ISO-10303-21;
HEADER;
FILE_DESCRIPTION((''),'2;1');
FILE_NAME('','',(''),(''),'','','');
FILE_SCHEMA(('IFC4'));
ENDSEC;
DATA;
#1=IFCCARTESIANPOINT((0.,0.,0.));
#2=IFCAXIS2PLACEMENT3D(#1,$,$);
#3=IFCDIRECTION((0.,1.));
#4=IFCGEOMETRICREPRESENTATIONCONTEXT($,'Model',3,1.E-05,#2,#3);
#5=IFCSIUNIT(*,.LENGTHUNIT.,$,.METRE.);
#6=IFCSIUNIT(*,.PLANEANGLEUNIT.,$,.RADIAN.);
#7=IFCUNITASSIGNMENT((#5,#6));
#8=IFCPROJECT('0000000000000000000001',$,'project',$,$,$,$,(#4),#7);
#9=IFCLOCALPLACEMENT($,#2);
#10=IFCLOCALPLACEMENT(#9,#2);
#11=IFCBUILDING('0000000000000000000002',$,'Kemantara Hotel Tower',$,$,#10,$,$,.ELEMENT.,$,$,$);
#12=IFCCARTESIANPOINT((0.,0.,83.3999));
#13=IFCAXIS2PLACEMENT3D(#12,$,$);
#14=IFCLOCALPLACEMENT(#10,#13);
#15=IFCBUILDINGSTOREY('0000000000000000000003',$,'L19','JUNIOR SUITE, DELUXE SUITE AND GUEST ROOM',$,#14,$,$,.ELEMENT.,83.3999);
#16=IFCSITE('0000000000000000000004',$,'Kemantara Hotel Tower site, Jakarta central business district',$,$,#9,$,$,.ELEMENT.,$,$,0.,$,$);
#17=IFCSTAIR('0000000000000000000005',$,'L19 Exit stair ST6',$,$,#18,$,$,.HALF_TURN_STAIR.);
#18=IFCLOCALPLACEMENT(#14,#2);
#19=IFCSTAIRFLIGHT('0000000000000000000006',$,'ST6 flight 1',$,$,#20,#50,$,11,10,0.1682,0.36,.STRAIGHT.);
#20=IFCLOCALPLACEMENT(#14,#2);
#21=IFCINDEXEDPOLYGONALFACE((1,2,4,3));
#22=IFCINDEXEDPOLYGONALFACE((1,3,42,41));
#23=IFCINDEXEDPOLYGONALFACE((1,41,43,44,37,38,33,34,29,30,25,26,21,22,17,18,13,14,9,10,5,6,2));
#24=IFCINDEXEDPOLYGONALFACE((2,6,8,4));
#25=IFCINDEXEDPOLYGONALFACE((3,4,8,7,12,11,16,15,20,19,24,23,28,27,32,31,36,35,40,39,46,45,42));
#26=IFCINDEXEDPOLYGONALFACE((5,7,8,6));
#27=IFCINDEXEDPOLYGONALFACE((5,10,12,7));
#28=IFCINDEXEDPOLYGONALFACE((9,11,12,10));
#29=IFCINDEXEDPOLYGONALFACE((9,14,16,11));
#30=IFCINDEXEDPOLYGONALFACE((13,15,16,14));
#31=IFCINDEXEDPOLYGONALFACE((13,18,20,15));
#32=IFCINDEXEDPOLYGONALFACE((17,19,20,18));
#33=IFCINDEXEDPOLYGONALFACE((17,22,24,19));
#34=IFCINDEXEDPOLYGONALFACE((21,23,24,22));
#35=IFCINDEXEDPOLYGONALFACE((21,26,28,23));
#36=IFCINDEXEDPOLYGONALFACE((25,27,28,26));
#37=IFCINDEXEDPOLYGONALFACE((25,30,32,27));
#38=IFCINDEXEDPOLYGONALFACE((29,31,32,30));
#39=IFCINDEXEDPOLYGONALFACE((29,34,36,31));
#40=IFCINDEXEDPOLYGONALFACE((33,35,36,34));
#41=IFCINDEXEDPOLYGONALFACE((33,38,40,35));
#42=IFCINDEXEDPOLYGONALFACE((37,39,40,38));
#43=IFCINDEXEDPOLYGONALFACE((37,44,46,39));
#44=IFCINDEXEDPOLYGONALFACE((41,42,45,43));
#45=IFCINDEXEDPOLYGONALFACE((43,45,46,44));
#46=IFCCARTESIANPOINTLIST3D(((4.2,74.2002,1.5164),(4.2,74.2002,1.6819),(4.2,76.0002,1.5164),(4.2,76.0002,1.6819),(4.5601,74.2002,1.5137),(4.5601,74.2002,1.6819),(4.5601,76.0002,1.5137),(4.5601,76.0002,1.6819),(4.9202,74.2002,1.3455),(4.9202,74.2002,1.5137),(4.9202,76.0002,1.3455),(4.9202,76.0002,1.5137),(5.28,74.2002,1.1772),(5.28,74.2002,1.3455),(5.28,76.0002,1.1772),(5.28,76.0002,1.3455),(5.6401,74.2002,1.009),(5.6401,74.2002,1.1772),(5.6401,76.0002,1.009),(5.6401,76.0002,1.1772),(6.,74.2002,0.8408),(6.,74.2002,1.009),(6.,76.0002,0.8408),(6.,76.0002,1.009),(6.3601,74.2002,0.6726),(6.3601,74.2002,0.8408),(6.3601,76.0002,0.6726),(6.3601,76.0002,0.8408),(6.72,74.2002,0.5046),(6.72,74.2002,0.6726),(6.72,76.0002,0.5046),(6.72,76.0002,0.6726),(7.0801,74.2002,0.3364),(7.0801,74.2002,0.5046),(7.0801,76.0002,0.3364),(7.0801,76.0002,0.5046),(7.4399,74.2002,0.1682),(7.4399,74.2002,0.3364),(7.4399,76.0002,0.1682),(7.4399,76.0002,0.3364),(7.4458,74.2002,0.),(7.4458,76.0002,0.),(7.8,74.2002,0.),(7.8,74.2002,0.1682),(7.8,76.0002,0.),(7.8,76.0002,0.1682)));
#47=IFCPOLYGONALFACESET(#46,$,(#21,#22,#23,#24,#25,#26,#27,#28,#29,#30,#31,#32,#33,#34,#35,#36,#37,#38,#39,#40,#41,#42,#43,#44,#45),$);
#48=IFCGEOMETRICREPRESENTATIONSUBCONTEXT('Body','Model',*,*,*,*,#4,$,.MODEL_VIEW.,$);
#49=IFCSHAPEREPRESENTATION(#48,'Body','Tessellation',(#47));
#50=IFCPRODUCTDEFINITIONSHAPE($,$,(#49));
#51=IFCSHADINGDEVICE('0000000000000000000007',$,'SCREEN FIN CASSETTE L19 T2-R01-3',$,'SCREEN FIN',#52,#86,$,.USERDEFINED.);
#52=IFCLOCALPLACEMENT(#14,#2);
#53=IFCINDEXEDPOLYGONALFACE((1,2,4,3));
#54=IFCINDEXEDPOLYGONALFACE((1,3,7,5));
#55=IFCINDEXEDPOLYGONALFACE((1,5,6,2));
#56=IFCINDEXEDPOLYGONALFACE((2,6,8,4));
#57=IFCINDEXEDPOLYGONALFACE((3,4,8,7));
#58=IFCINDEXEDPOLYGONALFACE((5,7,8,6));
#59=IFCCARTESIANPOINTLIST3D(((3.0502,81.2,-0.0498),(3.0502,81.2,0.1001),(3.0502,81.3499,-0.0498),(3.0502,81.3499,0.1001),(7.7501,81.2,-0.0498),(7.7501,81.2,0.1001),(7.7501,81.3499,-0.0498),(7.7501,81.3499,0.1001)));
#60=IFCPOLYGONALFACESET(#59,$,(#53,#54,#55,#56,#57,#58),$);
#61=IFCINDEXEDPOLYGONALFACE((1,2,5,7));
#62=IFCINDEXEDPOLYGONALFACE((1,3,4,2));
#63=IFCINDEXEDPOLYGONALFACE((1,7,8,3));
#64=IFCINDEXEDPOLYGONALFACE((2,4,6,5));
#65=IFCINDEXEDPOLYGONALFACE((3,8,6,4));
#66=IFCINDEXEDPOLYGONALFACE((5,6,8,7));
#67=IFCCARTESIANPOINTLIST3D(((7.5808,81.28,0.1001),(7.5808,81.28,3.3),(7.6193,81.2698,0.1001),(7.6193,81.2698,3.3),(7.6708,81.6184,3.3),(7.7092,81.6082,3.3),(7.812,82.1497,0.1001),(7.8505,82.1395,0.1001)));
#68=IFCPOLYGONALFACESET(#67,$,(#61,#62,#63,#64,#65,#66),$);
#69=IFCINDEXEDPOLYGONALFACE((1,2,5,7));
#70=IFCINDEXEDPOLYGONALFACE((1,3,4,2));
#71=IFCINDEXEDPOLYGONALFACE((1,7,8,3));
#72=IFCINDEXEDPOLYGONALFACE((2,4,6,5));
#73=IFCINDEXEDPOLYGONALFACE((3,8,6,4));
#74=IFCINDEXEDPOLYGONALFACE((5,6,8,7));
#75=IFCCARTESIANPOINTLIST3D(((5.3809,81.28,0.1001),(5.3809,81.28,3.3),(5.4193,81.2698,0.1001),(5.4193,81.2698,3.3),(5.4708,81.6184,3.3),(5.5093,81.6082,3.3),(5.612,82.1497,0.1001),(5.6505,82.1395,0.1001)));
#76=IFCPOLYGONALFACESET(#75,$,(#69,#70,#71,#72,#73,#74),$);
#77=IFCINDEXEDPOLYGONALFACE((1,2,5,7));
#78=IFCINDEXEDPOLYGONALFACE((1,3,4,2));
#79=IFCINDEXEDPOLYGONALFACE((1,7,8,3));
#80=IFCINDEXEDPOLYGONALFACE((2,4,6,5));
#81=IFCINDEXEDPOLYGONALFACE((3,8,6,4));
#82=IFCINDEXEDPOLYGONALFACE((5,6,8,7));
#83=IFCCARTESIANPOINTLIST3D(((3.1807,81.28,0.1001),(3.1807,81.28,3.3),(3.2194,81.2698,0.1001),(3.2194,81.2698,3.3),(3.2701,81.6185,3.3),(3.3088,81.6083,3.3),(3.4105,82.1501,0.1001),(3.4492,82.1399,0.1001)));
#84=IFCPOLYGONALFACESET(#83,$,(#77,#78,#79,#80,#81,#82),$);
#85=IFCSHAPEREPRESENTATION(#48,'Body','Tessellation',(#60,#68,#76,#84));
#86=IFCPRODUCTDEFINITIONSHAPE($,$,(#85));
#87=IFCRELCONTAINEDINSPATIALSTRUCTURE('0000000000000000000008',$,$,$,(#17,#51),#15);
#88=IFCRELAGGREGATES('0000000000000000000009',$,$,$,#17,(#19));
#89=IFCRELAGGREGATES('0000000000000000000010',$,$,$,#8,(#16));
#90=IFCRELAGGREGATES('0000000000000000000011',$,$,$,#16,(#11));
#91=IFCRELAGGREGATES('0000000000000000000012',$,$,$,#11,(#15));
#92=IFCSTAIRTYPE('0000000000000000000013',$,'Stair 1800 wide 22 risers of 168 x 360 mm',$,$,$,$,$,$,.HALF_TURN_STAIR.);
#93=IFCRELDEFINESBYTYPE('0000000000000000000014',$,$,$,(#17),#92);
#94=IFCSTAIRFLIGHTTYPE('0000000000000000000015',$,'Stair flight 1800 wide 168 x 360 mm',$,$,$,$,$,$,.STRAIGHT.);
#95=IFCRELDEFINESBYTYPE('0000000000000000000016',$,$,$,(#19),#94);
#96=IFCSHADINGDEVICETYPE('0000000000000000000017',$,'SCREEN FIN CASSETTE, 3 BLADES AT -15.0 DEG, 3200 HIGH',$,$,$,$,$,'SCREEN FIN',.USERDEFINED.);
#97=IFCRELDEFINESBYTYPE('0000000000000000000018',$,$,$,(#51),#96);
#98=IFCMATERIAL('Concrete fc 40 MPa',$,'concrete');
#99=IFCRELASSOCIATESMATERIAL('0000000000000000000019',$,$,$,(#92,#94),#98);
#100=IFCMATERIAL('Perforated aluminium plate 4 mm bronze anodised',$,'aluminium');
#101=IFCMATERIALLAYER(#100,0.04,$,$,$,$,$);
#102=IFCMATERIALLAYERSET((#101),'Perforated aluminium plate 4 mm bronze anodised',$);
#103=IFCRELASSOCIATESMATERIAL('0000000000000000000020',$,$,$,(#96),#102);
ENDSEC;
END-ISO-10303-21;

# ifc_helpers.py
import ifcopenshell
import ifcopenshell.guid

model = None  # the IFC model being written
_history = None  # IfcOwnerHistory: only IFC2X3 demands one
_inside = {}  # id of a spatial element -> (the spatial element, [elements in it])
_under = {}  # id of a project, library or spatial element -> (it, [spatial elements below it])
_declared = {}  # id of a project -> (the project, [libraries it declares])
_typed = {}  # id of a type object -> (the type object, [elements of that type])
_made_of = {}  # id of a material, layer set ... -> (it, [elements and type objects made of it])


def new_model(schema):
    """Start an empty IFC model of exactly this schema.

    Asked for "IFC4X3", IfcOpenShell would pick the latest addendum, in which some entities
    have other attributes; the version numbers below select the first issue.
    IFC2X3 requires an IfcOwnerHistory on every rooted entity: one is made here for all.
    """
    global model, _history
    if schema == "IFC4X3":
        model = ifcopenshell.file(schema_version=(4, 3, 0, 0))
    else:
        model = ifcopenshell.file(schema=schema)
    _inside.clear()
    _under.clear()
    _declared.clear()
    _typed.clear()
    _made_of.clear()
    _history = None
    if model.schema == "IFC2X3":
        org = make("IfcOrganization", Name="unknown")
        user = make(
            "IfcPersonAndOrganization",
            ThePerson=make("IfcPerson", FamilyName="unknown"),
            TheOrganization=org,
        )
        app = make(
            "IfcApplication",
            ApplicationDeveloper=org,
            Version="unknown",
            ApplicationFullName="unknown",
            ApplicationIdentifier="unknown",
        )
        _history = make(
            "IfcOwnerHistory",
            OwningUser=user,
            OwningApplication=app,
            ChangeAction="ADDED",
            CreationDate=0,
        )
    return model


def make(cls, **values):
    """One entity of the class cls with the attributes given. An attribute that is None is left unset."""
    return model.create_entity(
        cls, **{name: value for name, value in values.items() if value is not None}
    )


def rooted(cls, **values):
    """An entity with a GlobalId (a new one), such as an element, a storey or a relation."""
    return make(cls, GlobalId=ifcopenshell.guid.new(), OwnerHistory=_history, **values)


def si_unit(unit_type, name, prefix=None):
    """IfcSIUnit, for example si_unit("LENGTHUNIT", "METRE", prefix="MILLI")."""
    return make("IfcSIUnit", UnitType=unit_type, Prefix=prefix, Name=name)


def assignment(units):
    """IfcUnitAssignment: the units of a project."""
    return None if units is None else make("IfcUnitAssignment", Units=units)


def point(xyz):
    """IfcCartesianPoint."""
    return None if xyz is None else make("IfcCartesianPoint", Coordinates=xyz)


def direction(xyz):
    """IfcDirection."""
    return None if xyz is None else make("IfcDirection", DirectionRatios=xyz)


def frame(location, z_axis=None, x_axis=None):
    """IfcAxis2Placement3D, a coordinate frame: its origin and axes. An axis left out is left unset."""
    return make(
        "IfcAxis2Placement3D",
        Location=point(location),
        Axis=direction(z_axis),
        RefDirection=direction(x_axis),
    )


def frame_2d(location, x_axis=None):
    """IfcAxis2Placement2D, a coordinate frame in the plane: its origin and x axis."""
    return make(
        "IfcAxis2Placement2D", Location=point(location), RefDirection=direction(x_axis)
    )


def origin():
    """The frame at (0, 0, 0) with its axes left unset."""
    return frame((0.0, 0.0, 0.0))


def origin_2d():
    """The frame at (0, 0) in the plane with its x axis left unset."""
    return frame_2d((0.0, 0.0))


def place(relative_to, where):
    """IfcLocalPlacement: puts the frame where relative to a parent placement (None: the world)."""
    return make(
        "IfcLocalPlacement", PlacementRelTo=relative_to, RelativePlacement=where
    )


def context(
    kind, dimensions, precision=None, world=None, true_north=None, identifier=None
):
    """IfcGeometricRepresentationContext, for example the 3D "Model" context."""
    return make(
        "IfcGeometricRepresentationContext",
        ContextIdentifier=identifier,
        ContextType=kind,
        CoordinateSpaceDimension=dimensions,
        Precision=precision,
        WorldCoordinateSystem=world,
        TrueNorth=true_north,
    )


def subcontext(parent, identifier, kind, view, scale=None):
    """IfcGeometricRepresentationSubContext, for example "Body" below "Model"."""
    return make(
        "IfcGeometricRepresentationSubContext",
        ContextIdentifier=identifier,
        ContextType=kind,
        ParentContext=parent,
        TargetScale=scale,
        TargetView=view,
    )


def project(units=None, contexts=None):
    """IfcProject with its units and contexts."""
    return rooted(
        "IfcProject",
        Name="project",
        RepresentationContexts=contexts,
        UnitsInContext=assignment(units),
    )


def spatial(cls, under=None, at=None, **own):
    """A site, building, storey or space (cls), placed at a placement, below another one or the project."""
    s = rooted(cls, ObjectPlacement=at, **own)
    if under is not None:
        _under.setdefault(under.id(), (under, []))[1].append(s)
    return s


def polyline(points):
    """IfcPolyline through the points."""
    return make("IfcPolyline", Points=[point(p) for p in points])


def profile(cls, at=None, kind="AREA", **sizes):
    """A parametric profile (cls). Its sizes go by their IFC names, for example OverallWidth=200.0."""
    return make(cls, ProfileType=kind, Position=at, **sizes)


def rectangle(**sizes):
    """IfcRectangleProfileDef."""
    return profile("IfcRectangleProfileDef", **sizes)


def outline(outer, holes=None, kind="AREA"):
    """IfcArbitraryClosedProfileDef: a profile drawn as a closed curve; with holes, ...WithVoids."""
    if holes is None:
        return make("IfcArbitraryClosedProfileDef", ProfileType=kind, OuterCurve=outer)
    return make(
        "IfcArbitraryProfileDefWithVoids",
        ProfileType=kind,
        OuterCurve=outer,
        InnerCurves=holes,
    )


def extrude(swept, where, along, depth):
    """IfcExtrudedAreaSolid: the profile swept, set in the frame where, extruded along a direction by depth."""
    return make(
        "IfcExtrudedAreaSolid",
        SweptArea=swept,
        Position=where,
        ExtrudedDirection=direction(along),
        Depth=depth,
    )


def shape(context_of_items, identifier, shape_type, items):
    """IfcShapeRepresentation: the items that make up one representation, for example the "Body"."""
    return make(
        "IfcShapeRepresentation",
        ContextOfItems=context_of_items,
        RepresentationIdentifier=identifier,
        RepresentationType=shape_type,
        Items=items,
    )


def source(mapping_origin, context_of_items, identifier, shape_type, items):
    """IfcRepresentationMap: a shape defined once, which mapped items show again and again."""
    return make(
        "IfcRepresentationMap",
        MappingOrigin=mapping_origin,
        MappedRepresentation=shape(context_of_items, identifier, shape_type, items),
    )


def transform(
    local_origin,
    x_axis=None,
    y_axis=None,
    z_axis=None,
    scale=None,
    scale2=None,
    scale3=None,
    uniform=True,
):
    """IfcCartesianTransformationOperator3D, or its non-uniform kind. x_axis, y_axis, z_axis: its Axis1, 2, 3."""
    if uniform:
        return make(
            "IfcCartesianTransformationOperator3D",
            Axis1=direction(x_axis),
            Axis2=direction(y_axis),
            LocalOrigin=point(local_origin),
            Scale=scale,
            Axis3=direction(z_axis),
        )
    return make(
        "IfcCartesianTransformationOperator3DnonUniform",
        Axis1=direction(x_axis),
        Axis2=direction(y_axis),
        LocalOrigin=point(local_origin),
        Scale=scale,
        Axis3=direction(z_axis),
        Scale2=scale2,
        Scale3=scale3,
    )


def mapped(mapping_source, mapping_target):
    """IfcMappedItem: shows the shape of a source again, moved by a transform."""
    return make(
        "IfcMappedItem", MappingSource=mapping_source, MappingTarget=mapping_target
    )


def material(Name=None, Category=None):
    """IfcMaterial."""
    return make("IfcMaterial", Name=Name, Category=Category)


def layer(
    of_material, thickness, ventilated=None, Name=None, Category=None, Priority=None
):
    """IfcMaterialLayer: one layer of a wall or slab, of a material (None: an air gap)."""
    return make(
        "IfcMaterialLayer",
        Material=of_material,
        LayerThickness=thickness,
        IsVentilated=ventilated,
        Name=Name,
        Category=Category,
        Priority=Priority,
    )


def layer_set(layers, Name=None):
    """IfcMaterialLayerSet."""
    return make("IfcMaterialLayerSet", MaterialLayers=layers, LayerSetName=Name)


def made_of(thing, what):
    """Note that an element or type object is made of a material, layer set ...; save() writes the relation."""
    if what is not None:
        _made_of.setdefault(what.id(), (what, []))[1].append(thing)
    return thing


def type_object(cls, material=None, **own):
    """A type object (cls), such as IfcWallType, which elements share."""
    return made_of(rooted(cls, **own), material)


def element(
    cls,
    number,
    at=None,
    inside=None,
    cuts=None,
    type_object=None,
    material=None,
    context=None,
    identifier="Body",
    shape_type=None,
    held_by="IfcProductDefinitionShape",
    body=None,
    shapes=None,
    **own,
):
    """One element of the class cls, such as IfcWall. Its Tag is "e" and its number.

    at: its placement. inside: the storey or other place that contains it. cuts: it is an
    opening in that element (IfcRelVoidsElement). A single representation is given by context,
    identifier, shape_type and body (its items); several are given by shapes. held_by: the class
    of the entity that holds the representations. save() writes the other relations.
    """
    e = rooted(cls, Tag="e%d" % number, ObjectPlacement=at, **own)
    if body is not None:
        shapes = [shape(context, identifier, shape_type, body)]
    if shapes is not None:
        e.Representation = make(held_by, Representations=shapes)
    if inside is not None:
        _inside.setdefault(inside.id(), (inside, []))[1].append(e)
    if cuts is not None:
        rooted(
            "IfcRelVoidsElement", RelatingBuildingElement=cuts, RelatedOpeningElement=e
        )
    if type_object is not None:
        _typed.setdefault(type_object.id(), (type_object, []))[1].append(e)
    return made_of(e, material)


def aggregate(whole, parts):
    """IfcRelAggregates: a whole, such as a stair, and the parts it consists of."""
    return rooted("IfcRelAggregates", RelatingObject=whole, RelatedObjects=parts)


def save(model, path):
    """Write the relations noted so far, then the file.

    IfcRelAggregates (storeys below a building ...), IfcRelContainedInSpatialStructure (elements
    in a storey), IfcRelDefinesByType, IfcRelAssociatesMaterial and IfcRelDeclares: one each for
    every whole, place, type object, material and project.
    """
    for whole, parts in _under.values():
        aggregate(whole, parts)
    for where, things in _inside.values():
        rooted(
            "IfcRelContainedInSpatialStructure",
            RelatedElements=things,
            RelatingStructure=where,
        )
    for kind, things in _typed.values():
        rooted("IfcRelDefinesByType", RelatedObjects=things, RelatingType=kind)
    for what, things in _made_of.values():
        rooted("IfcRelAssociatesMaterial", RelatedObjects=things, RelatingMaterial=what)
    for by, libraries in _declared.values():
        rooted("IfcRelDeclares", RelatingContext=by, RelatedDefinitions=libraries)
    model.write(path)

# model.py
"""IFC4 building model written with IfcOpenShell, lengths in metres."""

from ifc_helpers import new_model, si_unit, direction, frame, origin, origin_2d, place, context, subcontext, project, spatial, polyline, rectangle, outline, extrude, source, transform, mapped, material, layer, layer_set, type_object, element, aggregate, save


model = new_model("IFC4")

# Units and contexts
model_context = context("Model", 3, precision=1e-05, world=origin(), true_north=direction((0.0, 1.0)))
body_context = subcontext(model_context, "Body", "Model", "MODEL_VIEW")
ifc_project = project(units=[si_unit("LENGTHUNIT", "METRE"), si_unit("PLANEANGLEUNIT", "RADIAN")], contexts=[model_context])

# Site, building, storey
site_placement = place(None, origin())
site = spatial("IfcSite", under=ifc_project, at=site_placement, Name="Kemantara Hotel Tower site, Jakarta central business district", CompositionType="ELEMENT", RefElevation=0.0)
building_placement = place(site_placement, origin())
building = spatial("IfcBuilding", under=site, at=building_placement, Name="Kemantara Hotel Tower", CompositionType="ELEMENT")
storey_placement = place(building_placement, frame((0.0, 0.0, 83.3999)))
storey = spatial("IfcBuildingStorey", under=building, at=storey_placement, Name="L19", Description="JUNIOR SUITE, DELUXE SUITE AND GUEST ROOM", CompositionType="ELEMENT", Elevation=83.3999)

# Stair, stair flight
ifc_material_1 = material(Name="Concrete fc 40 MPa", Category="concrete")
stair_type = type_object("IfcStairType", Name="Stair 1800 wide 22 risers of 168 x 360 mm", PredefinedType="HALF_TURN_STAIR", material=ifc_material_1)
stair_placement = place(storey_placement, origin())
stair = element("IfcStair", 1, at=stair_placement, inside=storey, type_object=stair_type, Name="L19 Exit stair ST6", PredefinedType="HALF_TURN_STAIR")
stair_flight_type = type_object("IfcStairFlightType", Name="Stair flight 1800 wide 168 x 360 mm", PredefinedType="STRAIGHT", material=ifc_material_1)
stair_flight_placement = place(storey_placement, frame((7.8, 75.1001, 0.0), z_axis=(0.0, 0.0, 1.0), x_axis=(-1.0, 0.0, 0.0)))
stair_flight = element("IfcStairFlight", 2, at=stair_flight_placement, type_object=stair_flight_type, Name="ST6 flight 1", NumberOfRisers=11, NumberOfTreads=10, PredefinedType="STRAIGHT", RiserHeight=0.1682, TreadLength=0.36, context=body_context, shape_type="SweptSolid", body=[
    extrude(outline(polyline([(0.0, 0.0), (0.0, 0.1682), (0.3601, 0.1682), (0.3601, 0.3364), (0.72, 0.3364), (0.72, 0.5046), (1.0801, 0.5046), (1.0801, 0.6726), (1.4399, 0.6726), (1.4399, 0.8408), (1.8, 0.8408), (1.8, 1.009), (2.1599, 1.009), (2.1599, 1.1772), (2.52, 1.1772), (2.52, 1.3455), (2.8799, 1.3455), (2.8799, 1.5137), (3.24, 1.5137), (3.24, 1.6819), (3.6001, 1.6819), (3.6001, 1.8501), (3.6001, 1.5164), (0.3542, 0.0), (0.0, 0.0)])), frame((0.0, 0.8999, 0.0), z_axis=(0.0, -1.0, 0.0), x_axis=(1.0, 0.0, 0.0)), (0.0, 0.0, 1.0), 1.8),
])
aggregate(stair, [stair_flight])

# Shading device
ifc_material_2 = material(Name="Perforated aluminium plate 4 mm bronze anodised", Category="aluminium")
ifc_layer_1 = layer(ifc_material_2, 0.04)
ifc_layer_set_1 = layer_set([ifc_layer_1], Name="Perforated aluminium plate 4 mm bronze anodised")
shading_device_type = type_object("IfcShadingDeviceType", Name="SCREEN FIN CASSETTE, 3 BLADES AT -15.0 DEG, 3200 HIGH", ElementType="SCREEN FIN", PredefinedType="USERDEFINED", material=ifc_layer_set_1)
shared_shape_1 = source(origin(), body_context, "Body", "SweptSolid", [
    extrude(rectangle(XDim=4.7, YDim=0.1499, at=origin_2d()), frame((2.2, -0.075, -0.1499), z_axis=(0.0, 0.0, 1.0), x_axis=(1.0, 0.0, 0.0)), (0.0, 0.0, 1.0), 0.1499),
    extrude(outline(polyline([(0.0, 0.0), (0.8999, 0.0), (0.3501, 3.2), (0.0, 3.2), (0.0, 0.0)])), frame((0.0193, -0.0801, 0.0), z_axis=(-0.966438, 0.256901, 0.0), x_axis=(-0.256901, -0.966438, 0.0)), (0.0, 0.0, 1.0), 0.0398),
    extrude(outline(polyline([(0.0, 0.0), (0.8999, 0.0), (0.3501, 3.2), (0.0, 3.2), (0.0, 0.0)])), frame((2.2192, -0.0801, 0.0), z_axis=(-0.966438, 0.256901, 0.0), x_axis=(-0.256901, -0.966438, 0.0)), (0.0, 0.0, 1.0), 0.0398),
    extrude(outline(polyline([(0.0, 0.0), (0.8999, 0.0), (0.3501, 3.2), (0.0, 3.2), (0.0, 0.0)])), frame((4.4194, -0.0801, 0.0), z_axis=(-0.966838, 0.255391, 0.0), x_axis=(-0.255391, -0.966838, 0.0)), (0.0, 0.0, 1.0), 0.04),
])
shading_device_placement = place(storey_placement, frame((7.6001, 81.2, 0.1001), z_axis=(0.0, 0.0, 1.0), x_axis=(-1.0, 0.0, 0.0)))
element("IfcShadingDevice", 3, at=shading_device_placement, inside=storey, type_object=shading_device_type, Name="SCREEN FIN CASSETTE L19 T2-R01-3", ObjectType="SCREEN FIN", PredefinedType="USERDEFINED", context=body_context, shape_type="MappedRepresentation", body=[
    mapped(shared_shape_1, transform((0.0, 0.0, 0.0))),
])

save(model, "model.ifc")
